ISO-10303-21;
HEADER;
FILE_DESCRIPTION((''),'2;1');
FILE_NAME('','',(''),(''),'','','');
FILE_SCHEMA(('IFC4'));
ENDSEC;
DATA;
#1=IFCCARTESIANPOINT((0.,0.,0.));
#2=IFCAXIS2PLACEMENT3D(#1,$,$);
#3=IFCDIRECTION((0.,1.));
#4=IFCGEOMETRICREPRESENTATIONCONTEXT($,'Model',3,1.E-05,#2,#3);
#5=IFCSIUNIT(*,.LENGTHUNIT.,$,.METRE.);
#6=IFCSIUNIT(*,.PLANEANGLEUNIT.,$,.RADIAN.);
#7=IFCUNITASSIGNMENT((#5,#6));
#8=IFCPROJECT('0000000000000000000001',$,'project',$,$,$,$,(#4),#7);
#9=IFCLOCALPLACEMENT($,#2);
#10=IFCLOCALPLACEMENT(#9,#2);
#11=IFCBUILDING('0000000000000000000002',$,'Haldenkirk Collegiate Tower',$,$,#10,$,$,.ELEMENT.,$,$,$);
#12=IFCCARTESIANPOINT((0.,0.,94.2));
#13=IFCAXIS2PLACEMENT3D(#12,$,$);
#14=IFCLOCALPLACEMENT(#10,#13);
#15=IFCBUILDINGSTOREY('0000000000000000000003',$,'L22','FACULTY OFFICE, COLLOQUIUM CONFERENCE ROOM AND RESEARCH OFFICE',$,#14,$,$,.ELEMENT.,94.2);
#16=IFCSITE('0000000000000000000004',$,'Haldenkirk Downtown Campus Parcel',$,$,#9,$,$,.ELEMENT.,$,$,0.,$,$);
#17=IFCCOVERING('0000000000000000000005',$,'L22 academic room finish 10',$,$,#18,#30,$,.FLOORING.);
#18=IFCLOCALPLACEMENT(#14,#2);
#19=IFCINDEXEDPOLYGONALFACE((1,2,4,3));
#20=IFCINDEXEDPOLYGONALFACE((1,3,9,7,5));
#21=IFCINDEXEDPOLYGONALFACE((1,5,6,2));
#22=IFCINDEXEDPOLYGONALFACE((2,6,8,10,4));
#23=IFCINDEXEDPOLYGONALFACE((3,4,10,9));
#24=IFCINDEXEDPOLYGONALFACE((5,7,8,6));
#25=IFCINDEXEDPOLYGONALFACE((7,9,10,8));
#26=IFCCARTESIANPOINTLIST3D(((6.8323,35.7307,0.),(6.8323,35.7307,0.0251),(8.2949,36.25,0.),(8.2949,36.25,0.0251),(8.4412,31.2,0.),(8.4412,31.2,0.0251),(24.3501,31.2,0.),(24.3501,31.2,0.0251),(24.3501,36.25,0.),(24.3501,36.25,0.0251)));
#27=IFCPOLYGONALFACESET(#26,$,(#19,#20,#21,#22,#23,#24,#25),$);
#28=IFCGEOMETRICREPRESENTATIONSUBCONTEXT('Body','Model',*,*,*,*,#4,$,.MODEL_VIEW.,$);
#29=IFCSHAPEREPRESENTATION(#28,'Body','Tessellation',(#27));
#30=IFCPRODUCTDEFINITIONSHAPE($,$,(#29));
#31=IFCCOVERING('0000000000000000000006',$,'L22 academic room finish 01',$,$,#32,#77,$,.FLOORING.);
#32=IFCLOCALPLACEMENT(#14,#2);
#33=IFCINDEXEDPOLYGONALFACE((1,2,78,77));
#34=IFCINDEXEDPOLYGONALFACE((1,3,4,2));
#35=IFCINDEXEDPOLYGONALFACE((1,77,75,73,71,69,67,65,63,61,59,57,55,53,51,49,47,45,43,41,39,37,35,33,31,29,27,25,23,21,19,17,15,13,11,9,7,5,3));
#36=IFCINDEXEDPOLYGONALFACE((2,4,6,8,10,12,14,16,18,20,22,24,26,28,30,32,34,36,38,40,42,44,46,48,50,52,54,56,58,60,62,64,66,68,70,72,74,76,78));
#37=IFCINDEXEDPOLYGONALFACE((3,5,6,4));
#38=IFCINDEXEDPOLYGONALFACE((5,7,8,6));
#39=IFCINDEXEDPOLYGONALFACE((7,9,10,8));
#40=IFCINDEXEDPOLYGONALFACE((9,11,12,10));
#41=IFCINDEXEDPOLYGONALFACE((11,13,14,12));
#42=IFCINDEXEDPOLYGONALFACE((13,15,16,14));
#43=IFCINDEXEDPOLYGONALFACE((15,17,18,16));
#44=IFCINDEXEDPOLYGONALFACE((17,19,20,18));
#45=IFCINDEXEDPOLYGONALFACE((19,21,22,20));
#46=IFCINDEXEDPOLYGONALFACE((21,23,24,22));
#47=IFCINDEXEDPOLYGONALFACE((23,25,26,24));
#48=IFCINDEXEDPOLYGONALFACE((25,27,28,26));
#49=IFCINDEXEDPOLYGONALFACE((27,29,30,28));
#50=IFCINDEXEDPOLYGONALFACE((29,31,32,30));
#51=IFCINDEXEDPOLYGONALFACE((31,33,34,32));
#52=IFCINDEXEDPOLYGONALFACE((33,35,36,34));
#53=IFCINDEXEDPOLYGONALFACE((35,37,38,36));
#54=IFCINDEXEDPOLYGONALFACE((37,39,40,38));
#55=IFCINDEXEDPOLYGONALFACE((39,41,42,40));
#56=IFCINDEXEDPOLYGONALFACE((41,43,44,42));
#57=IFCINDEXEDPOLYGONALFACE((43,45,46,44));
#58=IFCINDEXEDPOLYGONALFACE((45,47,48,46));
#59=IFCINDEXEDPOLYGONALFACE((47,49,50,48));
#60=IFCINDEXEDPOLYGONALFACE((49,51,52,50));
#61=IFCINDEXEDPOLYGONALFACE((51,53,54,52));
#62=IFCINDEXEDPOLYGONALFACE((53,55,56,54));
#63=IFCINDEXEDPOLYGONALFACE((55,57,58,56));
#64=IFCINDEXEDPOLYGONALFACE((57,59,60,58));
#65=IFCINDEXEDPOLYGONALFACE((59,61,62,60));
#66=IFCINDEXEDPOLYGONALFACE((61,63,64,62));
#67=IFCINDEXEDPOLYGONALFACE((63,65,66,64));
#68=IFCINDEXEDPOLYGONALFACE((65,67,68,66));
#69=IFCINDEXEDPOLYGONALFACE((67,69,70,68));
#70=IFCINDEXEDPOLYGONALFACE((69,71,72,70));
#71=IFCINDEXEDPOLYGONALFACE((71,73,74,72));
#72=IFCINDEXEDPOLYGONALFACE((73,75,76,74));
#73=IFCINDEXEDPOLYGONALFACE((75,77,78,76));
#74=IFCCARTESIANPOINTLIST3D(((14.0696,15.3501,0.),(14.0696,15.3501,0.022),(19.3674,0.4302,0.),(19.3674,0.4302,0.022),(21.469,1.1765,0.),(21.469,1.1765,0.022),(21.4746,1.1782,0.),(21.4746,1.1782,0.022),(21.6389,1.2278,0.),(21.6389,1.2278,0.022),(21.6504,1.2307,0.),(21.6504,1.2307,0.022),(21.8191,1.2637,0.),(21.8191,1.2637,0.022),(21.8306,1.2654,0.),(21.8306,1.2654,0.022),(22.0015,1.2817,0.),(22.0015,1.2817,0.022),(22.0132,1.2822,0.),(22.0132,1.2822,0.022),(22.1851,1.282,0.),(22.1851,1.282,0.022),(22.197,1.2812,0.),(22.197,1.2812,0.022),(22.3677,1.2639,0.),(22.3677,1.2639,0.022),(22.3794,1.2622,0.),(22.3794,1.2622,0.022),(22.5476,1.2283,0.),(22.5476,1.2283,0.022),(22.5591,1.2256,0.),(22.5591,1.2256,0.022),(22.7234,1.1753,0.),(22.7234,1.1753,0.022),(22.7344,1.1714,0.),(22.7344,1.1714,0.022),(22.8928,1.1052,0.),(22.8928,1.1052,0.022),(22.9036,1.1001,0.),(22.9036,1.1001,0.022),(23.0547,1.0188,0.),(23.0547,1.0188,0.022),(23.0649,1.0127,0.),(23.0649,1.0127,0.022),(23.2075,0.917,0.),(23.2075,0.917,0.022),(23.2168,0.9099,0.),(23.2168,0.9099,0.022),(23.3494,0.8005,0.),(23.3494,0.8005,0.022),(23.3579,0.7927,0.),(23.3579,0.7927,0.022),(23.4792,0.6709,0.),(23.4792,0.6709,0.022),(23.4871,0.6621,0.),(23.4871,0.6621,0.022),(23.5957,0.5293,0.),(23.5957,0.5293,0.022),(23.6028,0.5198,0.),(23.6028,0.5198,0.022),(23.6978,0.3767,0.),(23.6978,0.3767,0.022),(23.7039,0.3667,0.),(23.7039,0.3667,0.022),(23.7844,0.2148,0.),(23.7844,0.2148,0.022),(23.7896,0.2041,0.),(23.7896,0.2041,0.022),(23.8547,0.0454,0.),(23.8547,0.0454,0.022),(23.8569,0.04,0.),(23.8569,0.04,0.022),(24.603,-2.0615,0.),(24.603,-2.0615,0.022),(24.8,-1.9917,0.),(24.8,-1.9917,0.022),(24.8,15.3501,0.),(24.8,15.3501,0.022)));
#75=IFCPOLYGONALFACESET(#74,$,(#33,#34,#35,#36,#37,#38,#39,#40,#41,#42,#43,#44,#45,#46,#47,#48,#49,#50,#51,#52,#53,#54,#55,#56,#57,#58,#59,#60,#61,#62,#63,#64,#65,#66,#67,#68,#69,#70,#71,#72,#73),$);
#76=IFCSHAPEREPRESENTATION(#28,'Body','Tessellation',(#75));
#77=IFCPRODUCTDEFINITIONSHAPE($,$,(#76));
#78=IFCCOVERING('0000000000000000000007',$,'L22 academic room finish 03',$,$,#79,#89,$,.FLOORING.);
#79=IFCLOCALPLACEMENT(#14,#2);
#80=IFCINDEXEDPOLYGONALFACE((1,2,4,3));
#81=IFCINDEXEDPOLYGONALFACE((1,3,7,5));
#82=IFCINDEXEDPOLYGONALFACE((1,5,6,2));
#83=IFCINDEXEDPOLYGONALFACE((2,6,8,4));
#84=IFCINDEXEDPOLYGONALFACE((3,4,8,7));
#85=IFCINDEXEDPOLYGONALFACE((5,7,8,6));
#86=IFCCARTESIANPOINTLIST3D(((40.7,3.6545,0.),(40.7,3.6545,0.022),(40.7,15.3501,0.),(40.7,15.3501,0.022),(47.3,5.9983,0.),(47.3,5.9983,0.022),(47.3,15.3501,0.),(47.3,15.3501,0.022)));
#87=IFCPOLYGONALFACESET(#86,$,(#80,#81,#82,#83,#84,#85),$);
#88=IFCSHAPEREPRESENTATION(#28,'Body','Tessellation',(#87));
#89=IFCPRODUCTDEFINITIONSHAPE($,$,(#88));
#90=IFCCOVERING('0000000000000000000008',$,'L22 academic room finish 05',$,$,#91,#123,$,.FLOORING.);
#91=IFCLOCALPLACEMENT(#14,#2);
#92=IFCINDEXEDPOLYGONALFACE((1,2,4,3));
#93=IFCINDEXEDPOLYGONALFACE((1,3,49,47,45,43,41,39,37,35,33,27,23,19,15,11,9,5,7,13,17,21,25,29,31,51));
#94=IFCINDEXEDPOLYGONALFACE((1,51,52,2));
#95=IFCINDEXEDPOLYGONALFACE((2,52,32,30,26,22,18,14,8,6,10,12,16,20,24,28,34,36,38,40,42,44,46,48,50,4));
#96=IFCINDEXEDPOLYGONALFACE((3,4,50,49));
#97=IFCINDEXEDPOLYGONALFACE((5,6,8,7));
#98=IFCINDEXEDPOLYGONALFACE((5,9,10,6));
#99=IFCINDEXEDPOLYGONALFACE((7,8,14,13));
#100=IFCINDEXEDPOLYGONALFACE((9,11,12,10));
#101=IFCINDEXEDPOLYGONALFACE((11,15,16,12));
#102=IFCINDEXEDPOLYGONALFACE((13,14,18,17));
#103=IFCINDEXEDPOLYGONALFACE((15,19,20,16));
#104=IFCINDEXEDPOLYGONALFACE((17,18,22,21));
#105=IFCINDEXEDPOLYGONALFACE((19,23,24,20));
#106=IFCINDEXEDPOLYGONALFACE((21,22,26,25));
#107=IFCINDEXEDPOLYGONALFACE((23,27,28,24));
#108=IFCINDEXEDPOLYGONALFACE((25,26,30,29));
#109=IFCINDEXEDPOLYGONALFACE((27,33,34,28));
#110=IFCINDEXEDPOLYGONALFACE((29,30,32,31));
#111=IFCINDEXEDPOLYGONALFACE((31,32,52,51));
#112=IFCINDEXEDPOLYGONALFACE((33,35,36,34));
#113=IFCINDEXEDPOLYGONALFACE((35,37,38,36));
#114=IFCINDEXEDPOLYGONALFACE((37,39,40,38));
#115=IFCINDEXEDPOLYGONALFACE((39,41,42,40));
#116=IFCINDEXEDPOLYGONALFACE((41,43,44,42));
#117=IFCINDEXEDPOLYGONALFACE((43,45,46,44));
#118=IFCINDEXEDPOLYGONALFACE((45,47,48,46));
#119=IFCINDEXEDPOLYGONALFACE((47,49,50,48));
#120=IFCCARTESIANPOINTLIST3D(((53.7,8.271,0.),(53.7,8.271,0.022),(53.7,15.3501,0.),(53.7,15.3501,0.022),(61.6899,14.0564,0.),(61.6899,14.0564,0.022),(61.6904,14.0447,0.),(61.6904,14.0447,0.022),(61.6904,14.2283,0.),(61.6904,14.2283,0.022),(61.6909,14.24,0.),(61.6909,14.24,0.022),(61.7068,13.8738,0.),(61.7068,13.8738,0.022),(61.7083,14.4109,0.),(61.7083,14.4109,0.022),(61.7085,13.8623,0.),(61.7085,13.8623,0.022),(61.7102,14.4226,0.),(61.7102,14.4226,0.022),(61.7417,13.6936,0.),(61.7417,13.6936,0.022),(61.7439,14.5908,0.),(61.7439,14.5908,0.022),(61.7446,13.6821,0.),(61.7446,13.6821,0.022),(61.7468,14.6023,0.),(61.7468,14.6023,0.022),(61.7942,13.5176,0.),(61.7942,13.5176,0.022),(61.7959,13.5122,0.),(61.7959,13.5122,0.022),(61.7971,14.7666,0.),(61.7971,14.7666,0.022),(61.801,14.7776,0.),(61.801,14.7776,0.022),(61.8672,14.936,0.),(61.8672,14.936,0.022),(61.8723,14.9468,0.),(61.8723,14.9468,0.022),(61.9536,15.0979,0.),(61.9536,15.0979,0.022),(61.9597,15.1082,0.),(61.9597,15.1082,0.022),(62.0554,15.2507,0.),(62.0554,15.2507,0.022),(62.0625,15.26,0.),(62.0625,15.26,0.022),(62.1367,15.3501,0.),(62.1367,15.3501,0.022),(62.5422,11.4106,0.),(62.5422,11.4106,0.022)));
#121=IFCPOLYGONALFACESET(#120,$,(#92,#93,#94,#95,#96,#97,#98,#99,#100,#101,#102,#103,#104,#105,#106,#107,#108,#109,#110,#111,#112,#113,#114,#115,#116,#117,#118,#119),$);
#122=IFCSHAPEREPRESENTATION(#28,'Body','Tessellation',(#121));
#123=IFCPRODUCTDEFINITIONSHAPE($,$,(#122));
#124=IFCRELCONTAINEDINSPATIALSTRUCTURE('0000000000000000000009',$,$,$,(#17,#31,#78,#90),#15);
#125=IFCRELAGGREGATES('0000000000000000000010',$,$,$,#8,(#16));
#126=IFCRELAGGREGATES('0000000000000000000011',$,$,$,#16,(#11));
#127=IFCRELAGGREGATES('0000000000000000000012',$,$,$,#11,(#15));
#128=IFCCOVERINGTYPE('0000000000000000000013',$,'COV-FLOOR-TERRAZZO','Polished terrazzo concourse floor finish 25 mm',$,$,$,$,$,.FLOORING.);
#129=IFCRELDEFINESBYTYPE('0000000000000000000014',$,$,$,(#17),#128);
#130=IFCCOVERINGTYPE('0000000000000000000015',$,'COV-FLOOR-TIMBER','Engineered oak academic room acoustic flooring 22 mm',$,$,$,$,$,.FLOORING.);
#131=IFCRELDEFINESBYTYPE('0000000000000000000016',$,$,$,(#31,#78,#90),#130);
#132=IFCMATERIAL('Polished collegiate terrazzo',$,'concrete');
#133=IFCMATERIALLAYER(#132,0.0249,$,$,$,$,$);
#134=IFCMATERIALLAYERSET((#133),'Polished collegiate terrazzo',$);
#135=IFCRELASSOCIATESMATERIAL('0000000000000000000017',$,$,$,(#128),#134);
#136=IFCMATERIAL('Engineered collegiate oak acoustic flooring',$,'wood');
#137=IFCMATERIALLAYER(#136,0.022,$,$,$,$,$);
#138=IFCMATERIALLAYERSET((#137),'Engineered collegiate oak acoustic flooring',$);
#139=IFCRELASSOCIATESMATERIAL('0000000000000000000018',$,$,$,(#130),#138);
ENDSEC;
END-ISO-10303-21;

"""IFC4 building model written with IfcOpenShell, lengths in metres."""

from ifc_helpers import new_model, si_unit, direction, frame, origin, place, context, subcontext, project, spatial, polyline, outline, extrude, material, layer, layer_set, type_object, element, save


model = new_model("IFC4")

# Units and contexts
model_context = context("Model", 3, precision=1e-05, world=origin(), true_north=direction((0.0, 1.0)))
body_context = subcontext(model_context, "Body", "Model", "MODEL_VIEW")
ifc_project = project(units=[si_unit("LENGTHUNIT", "METRE"), si_unit("PLANEANGLEUNIT", "RADIAN")], contexts=[model_context])

# Site, building, storey
site_placement = place(None, origin())
site = spatial("IfcSite", under=ifc_project, at=site_placement, Name="Haldenkirk Downtown Campus Parcel", CompositionType="ELEMENT", RefElevation=0.0)
building_placement = place(site_placement, origin())
building = spatial("IfcBuilding", under=site, at=building_placement, Name="Haldenkirk Collegiate Tower", CompositionType="ELEMENT")
storey_placement = place(building_placement, frame((0.0, 0.0, 94.2)))
storey = spatial("IfcBuildingStorey", under=building, at=storey_placement, Name="L22", Description="FACULTY OFFICE, COLLOQUIUM CONFERENCE ROOM AND RESEARCH OFFICE", CompositionType="ELEMENT", Elevation=94.2)

# Coverings
ifc_material_1 = material(Name="Polished collegiate terrazzo", Category="concrete")
ifc_layer_1 = layer(ifc_material_1, 0.0249)
ifc_layer_set_1 = layer_set([ifc_layer_1], Name="Polished collegiate terrazzo")
covering_type_1 = type_object("IfcCoveringType", Name="COV-FLOOR-TERRAZZO", Description="Polished terrazzo concourse floor finish 25 mm", PredefinedType="FLOORING", material=ifc_layer_set_1)
covering_1_placement = place(storey_placement, origin())
element("IfcCovering", 1, at=covering_1_placement, inside=storey, type_object=covering_type_1, Name="L22 academic room finish 10", PredefinedType="FLOORING", context=body_context, shape_type="SweptSolid", body=[
    extrude(outline(polyline([(8.2949, 36.25), (24.3501, 36.25), (24.3501, 31.2), (8.4412, 31.2), (6.8323, 35.7307), (8.2949, 36.25)])), origin(), (0.0, 0.0, 1.0), 0.0251),
])
ifc_material_2 = material(Name="Engineered collegiate oak acoustic flooring", Category="wood")
ifc_layer_2 = layer(ifc_material_2, 0.022)
ifc_layer_set_2 = layer_set([ifc_layer_2], Name="Engineered collegiate oak acoustic flooring")
covering_type_2 = type_object("IfcCoveringType", Name="COV-FLOOR-TIMBER", Description="Engineered oak academic room acoustic flooring 22 mm", PredefinedType="FLOORING", material=ifc_layer_set_2)
covering_2_placement = place(storey_placement, origin())
element("IfcCovering", 2, at=covering_2_placement, inside=storey, type_object=covering_type_2, Name="L22 academic room finish 01", PredefinedType="FLOORING", context=body_context, shape_type="SweptSolid", body=[
    extrude(outline(polyline([(23.4871, 0.6621), (23.4792, 0.6709), (23.3579, 0.7927), (23.3494, 0.8005), (23.2168, 0.9099), (23.2075, 0.917), (23.0649, 1.0127), (23.0547, 1.0188), (22.9036, 1.1001), (22.8928, 1.1052), (22.7344, 1.1714), (22.7234, 1.1753), (22.5591, 1.2256), (22.5476, 1.2283), (22.3794, 1.2622), (22.3677, 1.2639), (22.197, 1.2812), (22.1851, 1.282), (22.0132, 1.2822), (22.0015, 1.2817), (21.8306, 1.2654), (21.8191, 1.2637), (21.6504, 1.2307), (21.6389, 1.2278), (21.4746, 1.1782), (21.469, 1.1765), (19.3674, 0.4302), (14.0696, 15.3501), (24.8, 15.3501), (24.8, -1.9917), (24.603, -2.0615), (23.8569, 0.04), (23.8547, 0.0454), (23.7896, 0.2041), (23.7844, 0.2148), (23.7039, 0.3667), (23.6978, 0.3767), (23.6028, 0.5198), (23.5957, 0.5293), (23.4871, 0.6621)])), origin(), (0.0, 0.0, 1.0), 0.022),
])
covering_3_placement = place(storey_placement, origin())
element("IfcCovering", 3, at=covering_3_placement, inside=storey, type_object=covering_type_2, Name="L22 academic room finish 03", PredefinedType="FLOORING", context=body_context, shape_type="SweptSolid", body=[
    extrude(outline(polyline([(40.7, 3.6545), (40.7, 15.3501), (47.3, 15.3501), (47.3, 5.9983), (40.7, 3.6545)])), origin(), (0.0, 0.0, 1.0), 0.022),
])
covering_4_placement = place(storey_placement, origin())
element("IfcCovering", 4, at=covering_4_placement, inside=storey, type_object=covering_type_2, Name="L22 academic room finish 05", PredefinedType="FLOORING", context=body_context, shape_type="SweptSolid", body=[
    extrude(outline(polyline([(62.1367, 15.3501), (62.0625, 15.26), (62.0554, 15.2507), (61.9597, 15.1082), (61.9536, 15.0979), (61.8723, 14.9468), (61.8672, 14.936), (61.801, 14.7776), (61.7971, 14.7666), (61.7468, 14.6023), (61.7439, 14.5908), (61.7102, 14.4226), (61.7083, 14.4109), (61.6909, 14.24), (61.6904, 14.2283), (61.6899, 14.0564), (61.6904, 14.0447), (61.7068, 13.8738), (61.7085, 13.8623), (61.7417, 13.6936), (61.7446, 13.6821), (61.7942, 13.5176), (61.7959, 13.5122), (62.5422, 11.4106), (53.7, 8.271), (53.7, 15.3501), (62.1367, 15.3501)])), origin(), (0.0, 0.0, 1.0), 0.022),
])

save(model, "model.ifc")
